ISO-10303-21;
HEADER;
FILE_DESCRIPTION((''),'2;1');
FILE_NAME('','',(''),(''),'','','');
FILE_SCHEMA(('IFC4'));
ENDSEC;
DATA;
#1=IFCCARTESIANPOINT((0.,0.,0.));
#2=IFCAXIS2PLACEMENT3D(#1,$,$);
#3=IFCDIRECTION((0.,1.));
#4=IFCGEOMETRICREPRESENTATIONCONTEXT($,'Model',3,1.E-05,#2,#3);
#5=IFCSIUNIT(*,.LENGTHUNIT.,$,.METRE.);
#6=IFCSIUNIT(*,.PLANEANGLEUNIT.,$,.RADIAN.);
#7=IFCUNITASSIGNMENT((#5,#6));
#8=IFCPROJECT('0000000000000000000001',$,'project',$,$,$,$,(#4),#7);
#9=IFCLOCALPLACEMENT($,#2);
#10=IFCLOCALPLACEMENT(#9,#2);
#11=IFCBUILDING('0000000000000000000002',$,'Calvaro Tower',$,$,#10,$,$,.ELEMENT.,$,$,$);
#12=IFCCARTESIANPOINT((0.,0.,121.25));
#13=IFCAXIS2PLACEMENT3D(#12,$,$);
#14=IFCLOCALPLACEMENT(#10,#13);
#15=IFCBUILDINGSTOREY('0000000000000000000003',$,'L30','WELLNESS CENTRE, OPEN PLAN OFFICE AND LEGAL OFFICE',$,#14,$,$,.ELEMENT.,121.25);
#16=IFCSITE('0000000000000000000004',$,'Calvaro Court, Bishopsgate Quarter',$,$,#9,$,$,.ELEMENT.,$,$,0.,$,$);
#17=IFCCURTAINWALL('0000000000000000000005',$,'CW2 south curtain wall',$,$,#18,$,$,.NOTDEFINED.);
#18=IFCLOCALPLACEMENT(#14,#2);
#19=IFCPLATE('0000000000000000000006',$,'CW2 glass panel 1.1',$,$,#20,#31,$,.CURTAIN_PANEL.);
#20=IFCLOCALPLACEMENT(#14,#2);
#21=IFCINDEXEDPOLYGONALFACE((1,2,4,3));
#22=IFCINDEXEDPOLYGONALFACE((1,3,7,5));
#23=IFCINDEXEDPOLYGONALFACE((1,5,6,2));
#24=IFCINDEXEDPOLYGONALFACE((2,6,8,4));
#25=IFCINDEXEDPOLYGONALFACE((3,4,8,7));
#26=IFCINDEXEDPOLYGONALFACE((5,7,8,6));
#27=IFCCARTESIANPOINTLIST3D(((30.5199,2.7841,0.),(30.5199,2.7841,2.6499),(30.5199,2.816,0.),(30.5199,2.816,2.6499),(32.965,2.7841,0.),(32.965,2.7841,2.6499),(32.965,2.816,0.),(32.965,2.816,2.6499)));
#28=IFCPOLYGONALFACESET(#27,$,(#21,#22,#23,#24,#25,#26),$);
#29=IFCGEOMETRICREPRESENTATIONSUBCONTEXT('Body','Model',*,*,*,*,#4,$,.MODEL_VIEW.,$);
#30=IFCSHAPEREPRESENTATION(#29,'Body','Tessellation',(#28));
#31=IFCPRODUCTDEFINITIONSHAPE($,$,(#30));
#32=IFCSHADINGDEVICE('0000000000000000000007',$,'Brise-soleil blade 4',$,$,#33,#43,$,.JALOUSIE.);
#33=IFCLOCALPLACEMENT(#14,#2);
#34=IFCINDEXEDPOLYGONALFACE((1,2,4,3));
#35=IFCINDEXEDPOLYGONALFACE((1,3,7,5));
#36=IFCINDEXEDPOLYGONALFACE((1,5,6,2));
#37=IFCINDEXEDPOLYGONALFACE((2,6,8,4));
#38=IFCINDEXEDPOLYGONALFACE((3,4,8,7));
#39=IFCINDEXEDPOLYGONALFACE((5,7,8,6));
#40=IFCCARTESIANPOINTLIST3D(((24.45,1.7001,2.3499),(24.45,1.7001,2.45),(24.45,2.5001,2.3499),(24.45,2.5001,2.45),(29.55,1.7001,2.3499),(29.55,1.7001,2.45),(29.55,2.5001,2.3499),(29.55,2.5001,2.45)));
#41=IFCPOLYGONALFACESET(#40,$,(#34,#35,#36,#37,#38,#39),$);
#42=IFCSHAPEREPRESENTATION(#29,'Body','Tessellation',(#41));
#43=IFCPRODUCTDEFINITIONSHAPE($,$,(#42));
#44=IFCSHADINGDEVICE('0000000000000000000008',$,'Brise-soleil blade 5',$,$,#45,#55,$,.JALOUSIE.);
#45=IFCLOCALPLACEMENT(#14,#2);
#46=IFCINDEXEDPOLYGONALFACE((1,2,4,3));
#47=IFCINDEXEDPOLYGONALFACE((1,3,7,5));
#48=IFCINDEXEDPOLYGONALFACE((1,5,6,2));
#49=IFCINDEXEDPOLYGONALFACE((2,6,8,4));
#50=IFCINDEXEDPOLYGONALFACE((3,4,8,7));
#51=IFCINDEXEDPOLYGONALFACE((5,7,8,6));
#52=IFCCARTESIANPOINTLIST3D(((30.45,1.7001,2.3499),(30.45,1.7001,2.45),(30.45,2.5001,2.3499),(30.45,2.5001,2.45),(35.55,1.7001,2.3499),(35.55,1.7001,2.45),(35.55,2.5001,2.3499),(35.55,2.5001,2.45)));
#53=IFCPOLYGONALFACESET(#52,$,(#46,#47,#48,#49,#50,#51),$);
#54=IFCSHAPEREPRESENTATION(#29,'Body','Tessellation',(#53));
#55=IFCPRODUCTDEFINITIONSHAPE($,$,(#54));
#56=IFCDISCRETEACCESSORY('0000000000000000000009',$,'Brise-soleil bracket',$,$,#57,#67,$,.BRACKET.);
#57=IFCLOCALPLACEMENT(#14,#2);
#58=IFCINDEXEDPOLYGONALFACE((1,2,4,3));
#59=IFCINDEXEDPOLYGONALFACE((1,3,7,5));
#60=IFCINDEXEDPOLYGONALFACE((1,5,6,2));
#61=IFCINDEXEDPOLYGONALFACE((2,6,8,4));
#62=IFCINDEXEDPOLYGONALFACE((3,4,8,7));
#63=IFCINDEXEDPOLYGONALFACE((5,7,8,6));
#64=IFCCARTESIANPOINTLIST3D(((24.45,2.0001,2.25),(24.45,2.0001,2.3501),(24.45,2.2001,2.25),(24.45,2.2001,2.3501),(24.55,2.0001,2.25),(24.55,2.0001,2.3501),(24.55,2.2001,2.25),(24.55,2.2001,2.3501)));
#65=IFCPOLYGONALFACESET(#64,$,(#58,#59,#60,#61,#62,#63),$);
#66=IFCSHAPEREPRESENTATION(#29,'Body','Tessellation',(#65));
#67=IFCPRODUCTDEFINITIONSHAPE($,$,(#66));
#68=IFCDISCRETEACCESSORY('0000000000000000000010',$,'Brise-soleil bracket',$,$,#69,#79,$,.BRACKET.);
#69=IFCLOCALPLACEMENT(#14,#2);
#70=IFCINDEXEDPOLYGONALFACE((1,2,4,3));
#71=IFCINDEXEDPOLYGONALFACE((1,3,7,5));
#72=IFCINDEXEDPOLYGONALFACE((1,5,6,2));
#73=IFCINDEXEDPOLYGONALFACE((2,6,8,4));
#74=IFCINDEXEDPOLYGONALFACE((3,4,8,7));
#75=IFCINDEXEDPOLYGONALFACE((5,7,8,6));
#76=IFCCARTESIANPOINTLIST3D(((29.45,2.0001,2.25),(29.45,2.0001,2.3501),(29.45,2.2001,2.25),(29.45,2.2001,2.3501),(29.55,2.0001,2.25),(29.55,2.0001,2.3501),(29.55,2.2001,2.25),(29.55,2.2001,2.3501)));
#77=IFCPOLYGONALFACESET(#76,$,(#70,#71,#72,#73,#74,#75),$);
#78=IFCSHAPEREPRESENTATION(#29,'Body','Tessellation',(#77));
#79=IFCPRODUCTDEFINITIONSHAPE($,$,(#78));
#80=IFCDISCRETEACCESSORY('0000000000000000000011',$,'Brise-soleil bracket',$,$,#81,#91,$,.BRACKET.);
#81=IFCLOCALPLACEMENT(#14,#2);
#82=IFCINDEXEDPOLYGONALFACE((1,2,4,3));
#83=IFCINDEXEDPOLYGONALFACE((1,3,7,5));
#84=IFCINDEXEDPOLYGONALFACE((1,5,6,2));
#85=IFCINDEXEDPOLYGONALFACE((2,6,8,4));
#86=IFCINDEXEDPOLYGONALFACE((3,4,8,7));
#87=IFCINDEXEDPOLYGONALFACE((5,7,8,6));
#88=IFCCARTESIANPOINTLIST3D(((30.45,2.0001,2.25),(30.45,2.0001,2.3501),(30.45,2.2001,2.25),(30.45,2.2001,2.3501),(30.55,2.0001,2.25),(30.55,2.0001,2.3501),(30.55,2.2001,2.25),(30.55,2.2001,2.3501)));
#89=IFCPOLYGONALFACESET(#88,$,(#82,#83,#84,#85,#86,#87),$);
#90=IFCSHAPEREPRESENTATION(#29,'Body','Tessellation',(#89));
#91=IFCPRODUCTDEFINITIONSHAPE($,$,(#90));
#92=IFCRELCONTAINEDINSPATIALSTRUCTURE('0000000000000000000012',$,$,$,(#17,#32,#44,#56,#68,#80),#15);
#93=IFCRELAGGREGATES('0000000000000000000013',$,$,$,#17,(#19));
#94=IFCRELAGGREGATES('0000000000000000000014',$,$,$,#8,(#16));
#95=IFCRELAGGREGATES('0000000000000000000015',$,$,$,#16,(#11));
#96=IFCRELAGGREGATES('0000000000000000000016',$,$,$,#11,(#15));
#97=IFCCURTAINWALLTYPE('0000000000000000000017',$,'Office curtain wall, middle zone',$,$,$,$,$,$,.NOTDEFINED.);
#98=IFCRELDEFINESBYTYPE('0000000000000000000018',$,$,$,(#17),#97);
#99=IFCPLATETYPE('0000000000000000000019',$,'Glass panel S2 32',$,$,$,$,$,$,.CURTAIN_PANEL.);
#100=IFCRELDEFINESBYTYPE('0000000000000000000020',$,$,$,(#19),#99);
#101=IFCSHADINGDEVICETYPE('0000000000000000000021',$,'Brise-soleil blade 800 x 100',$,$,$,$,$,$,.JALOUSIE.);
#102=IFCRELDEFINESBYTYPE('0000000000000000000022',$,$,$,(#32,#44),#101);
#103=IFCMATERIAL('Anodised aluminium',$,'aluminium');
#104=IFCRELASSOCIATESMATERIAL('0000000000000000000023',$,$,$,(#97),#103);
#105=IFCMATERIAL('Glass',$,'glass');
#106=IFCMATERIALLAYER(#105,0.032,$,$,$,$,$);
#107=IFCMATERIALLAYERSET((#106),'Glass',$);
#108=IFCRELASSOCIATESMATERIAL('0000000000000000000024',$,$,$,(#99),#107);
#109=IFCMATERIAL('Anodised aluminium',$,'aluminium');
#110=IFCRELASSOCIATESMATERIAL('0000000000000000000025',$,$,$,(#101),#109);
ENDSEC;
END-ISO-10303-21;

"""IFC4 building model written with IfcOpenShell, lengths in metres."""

from ifc_helpers import new_model, si_unit, direction, frame, origin, origin_2d, place, context, subcontext, project, spatial, rectangle, extrude, material, layer, layer_set, material_profile, profile_set, type_object, element, aggregate, save


model = new_model("IFC4")

# Units and contexts
model_context = context("Model", 3, precision=1e-05, world=origin(), true_north=direction((0.0, 1.0)))
body_context = subcontext(model_context, "Body", "Model", "MODEL_VIEW")
ifc_project = project(units=[si_unit("LENGTHUNIT", "METRE"), si_unit("PLANEANGLEUNIT", "RADIAN")], contexts=[model_context])

# Site, building, storey
site_placement = place(None, origin())
site = spatial("IfcSite", under=ifc_project, at=site_placement, Name="Calvaro Court, Bishopsgate Quarter", CompositionType="ELEMENT", RefElevation=0.0)
building_placement = place(site_placement, origin())
building = spatial("IfcBuilding", under=site, at=building_placement, Name="Calvaro Tower", CompositionType="ELEMENT")
storey_placement = place(building_placement, frame((0.0, 0.0, 121.25)))
storey = spatial("IfcBuildingStorey", under=building, at=storey_placement, Name="L30", Description="WELLNESS CENTRE, OPEN PLAN OFFICE AND LEGAL OFFICE", CompositionType="ELEMENT", Elevation=121.25)

# Shared definitions
ifc_material_1 = material(Name="Anodised aluminium", Category="aluminium")
curtain_wall_type = type_object("IfcCurtainWallType", Name="Office curtain wall, middle zone", PredefinedType="NOTDEFINED", material=ifc_material_1)

# Curtain wall
curtain_wall_1_placement = place(storey_placement, origin())
curtain_wall_1 = element("IfcCurtainWall", 1, at=curtain_wall_1_placement, inside=storey, type_object=curtain_wall_type, Name="CW2 south curtain wall", PredefinedType="NOTDEFINED")

# Plate
ifc_material_2 = material(Name="Glass", Category="glass")
ifc_layer = layer(ifc_material_2, 0.032)
ifc_layer_set = layer_set([ifc_layer], Name="Glass")
plate_type = type_object("IfcPlateType", Name="Glass panel S2 32", PredefinedType="CURTAIN_PANEL", material=ifc_layer_set)
plate_1_placement = place(storey_placement, frame((31.7424, 2.8, 0.0), z_axis=(0.0, 0.0, 1.0), x_axis=(1.0, 0.0, 0.0)))
plate_1 = element("IfcPlate", 2, at=plate_1_placement, type_object=plate_type, Name="CW2 glass panel 1.1", PredefinedType="CURTAIN_PANEL", context=body_context, shape_type="SweptSolid", body=[
    extrude(rectangle(XDim=2.4451, YDim=0.032, at=origin_2d()), origin(), (0.0, 0.0, 1.0), 2.6499),
])
aggregate(curtain_wall_1, [plate_1])

# Shading devices
ifc_material_3 = material(Name="Anodised aluminium", Category="aluminium")
ifc_material_profile_1 = material_profile(ifc_material_3, rectangle(XDim=0.8, YDim=0.1001, at=origin_2d()), Name="Brise-soleil blade 800 x 100")
ifc_profile_set_1 = profile_set([ifc_material_profile_1], Name="Anodised aluminium")
shading_device_type = type_object("IfcShadingDeviceType", Name="Brise-soleil blade 800 x 100", PredefinedType="JALOUSIE", material=ifc_profile_set_1)
for number, where, z_axis, x_axis, name in (
    (3, (24.45, 2.1001, 2.3999), (1.0, 0.0, 0.0), (0.0, 1.0, 0.0), "Brise-soleil blade 4"),
    (4, (30.45, 2.1001, 2.3999), (1.0, 0.0, 0.0), (0.0, 1.0, 0.0), "Brise-soleil blade 5"),
):
    element("IfcShadingDevice", number, at=place(storey_placement, frame(where, z_axis=z_axis, x_axis=x_axis)), inside=storey, type_object=shading_device_type, Name=name, PredefinedType="JALOUSIE", context=body_context, shape_type="SweptSolid", body=[
        extrude(rectangle(XDim=0.8, YDim=0.1001, at=origin_2d()), origin(), (0.0, 0.0, 1.0), 5.1001),
    ])

# Discrete accessories
for number, where, z_axis, x_axis, name in (
    (5, (24.5, 2.1001, 2.25), (0.0, 0.0, 1.0), (1.0, 0.0, 0.0), "Brise-soleil bracket"),
    (6, (29.5, 2.1001, 2.25), (0.0, 0.0, 1.0), (1.0, 0.0, 0.0), "Brise-soleil bracket"),
    (7, (30.5, 2.1001, 2.25), (0.0, 0.0, 1.0), (1.0, 0.0, 0.0), "Brise-soleil bracket"),
):
    element("IfcDiscreteAccessory", number, at=place(storey_placement, frame(where, z_axis=z_axis, x_axis=x_axis)), inside=storey, Name=name, PredefinedType="BRACKET", context=body_context, shape_type="SweptSolid", body=[
        extrude(rectangle(XDim=0.1001, YDim=0.2, at=origin_2d()), origin(), (0.0, 0.0, 1.0), 0.1001),
    ])

save(model, "model.ifc")
